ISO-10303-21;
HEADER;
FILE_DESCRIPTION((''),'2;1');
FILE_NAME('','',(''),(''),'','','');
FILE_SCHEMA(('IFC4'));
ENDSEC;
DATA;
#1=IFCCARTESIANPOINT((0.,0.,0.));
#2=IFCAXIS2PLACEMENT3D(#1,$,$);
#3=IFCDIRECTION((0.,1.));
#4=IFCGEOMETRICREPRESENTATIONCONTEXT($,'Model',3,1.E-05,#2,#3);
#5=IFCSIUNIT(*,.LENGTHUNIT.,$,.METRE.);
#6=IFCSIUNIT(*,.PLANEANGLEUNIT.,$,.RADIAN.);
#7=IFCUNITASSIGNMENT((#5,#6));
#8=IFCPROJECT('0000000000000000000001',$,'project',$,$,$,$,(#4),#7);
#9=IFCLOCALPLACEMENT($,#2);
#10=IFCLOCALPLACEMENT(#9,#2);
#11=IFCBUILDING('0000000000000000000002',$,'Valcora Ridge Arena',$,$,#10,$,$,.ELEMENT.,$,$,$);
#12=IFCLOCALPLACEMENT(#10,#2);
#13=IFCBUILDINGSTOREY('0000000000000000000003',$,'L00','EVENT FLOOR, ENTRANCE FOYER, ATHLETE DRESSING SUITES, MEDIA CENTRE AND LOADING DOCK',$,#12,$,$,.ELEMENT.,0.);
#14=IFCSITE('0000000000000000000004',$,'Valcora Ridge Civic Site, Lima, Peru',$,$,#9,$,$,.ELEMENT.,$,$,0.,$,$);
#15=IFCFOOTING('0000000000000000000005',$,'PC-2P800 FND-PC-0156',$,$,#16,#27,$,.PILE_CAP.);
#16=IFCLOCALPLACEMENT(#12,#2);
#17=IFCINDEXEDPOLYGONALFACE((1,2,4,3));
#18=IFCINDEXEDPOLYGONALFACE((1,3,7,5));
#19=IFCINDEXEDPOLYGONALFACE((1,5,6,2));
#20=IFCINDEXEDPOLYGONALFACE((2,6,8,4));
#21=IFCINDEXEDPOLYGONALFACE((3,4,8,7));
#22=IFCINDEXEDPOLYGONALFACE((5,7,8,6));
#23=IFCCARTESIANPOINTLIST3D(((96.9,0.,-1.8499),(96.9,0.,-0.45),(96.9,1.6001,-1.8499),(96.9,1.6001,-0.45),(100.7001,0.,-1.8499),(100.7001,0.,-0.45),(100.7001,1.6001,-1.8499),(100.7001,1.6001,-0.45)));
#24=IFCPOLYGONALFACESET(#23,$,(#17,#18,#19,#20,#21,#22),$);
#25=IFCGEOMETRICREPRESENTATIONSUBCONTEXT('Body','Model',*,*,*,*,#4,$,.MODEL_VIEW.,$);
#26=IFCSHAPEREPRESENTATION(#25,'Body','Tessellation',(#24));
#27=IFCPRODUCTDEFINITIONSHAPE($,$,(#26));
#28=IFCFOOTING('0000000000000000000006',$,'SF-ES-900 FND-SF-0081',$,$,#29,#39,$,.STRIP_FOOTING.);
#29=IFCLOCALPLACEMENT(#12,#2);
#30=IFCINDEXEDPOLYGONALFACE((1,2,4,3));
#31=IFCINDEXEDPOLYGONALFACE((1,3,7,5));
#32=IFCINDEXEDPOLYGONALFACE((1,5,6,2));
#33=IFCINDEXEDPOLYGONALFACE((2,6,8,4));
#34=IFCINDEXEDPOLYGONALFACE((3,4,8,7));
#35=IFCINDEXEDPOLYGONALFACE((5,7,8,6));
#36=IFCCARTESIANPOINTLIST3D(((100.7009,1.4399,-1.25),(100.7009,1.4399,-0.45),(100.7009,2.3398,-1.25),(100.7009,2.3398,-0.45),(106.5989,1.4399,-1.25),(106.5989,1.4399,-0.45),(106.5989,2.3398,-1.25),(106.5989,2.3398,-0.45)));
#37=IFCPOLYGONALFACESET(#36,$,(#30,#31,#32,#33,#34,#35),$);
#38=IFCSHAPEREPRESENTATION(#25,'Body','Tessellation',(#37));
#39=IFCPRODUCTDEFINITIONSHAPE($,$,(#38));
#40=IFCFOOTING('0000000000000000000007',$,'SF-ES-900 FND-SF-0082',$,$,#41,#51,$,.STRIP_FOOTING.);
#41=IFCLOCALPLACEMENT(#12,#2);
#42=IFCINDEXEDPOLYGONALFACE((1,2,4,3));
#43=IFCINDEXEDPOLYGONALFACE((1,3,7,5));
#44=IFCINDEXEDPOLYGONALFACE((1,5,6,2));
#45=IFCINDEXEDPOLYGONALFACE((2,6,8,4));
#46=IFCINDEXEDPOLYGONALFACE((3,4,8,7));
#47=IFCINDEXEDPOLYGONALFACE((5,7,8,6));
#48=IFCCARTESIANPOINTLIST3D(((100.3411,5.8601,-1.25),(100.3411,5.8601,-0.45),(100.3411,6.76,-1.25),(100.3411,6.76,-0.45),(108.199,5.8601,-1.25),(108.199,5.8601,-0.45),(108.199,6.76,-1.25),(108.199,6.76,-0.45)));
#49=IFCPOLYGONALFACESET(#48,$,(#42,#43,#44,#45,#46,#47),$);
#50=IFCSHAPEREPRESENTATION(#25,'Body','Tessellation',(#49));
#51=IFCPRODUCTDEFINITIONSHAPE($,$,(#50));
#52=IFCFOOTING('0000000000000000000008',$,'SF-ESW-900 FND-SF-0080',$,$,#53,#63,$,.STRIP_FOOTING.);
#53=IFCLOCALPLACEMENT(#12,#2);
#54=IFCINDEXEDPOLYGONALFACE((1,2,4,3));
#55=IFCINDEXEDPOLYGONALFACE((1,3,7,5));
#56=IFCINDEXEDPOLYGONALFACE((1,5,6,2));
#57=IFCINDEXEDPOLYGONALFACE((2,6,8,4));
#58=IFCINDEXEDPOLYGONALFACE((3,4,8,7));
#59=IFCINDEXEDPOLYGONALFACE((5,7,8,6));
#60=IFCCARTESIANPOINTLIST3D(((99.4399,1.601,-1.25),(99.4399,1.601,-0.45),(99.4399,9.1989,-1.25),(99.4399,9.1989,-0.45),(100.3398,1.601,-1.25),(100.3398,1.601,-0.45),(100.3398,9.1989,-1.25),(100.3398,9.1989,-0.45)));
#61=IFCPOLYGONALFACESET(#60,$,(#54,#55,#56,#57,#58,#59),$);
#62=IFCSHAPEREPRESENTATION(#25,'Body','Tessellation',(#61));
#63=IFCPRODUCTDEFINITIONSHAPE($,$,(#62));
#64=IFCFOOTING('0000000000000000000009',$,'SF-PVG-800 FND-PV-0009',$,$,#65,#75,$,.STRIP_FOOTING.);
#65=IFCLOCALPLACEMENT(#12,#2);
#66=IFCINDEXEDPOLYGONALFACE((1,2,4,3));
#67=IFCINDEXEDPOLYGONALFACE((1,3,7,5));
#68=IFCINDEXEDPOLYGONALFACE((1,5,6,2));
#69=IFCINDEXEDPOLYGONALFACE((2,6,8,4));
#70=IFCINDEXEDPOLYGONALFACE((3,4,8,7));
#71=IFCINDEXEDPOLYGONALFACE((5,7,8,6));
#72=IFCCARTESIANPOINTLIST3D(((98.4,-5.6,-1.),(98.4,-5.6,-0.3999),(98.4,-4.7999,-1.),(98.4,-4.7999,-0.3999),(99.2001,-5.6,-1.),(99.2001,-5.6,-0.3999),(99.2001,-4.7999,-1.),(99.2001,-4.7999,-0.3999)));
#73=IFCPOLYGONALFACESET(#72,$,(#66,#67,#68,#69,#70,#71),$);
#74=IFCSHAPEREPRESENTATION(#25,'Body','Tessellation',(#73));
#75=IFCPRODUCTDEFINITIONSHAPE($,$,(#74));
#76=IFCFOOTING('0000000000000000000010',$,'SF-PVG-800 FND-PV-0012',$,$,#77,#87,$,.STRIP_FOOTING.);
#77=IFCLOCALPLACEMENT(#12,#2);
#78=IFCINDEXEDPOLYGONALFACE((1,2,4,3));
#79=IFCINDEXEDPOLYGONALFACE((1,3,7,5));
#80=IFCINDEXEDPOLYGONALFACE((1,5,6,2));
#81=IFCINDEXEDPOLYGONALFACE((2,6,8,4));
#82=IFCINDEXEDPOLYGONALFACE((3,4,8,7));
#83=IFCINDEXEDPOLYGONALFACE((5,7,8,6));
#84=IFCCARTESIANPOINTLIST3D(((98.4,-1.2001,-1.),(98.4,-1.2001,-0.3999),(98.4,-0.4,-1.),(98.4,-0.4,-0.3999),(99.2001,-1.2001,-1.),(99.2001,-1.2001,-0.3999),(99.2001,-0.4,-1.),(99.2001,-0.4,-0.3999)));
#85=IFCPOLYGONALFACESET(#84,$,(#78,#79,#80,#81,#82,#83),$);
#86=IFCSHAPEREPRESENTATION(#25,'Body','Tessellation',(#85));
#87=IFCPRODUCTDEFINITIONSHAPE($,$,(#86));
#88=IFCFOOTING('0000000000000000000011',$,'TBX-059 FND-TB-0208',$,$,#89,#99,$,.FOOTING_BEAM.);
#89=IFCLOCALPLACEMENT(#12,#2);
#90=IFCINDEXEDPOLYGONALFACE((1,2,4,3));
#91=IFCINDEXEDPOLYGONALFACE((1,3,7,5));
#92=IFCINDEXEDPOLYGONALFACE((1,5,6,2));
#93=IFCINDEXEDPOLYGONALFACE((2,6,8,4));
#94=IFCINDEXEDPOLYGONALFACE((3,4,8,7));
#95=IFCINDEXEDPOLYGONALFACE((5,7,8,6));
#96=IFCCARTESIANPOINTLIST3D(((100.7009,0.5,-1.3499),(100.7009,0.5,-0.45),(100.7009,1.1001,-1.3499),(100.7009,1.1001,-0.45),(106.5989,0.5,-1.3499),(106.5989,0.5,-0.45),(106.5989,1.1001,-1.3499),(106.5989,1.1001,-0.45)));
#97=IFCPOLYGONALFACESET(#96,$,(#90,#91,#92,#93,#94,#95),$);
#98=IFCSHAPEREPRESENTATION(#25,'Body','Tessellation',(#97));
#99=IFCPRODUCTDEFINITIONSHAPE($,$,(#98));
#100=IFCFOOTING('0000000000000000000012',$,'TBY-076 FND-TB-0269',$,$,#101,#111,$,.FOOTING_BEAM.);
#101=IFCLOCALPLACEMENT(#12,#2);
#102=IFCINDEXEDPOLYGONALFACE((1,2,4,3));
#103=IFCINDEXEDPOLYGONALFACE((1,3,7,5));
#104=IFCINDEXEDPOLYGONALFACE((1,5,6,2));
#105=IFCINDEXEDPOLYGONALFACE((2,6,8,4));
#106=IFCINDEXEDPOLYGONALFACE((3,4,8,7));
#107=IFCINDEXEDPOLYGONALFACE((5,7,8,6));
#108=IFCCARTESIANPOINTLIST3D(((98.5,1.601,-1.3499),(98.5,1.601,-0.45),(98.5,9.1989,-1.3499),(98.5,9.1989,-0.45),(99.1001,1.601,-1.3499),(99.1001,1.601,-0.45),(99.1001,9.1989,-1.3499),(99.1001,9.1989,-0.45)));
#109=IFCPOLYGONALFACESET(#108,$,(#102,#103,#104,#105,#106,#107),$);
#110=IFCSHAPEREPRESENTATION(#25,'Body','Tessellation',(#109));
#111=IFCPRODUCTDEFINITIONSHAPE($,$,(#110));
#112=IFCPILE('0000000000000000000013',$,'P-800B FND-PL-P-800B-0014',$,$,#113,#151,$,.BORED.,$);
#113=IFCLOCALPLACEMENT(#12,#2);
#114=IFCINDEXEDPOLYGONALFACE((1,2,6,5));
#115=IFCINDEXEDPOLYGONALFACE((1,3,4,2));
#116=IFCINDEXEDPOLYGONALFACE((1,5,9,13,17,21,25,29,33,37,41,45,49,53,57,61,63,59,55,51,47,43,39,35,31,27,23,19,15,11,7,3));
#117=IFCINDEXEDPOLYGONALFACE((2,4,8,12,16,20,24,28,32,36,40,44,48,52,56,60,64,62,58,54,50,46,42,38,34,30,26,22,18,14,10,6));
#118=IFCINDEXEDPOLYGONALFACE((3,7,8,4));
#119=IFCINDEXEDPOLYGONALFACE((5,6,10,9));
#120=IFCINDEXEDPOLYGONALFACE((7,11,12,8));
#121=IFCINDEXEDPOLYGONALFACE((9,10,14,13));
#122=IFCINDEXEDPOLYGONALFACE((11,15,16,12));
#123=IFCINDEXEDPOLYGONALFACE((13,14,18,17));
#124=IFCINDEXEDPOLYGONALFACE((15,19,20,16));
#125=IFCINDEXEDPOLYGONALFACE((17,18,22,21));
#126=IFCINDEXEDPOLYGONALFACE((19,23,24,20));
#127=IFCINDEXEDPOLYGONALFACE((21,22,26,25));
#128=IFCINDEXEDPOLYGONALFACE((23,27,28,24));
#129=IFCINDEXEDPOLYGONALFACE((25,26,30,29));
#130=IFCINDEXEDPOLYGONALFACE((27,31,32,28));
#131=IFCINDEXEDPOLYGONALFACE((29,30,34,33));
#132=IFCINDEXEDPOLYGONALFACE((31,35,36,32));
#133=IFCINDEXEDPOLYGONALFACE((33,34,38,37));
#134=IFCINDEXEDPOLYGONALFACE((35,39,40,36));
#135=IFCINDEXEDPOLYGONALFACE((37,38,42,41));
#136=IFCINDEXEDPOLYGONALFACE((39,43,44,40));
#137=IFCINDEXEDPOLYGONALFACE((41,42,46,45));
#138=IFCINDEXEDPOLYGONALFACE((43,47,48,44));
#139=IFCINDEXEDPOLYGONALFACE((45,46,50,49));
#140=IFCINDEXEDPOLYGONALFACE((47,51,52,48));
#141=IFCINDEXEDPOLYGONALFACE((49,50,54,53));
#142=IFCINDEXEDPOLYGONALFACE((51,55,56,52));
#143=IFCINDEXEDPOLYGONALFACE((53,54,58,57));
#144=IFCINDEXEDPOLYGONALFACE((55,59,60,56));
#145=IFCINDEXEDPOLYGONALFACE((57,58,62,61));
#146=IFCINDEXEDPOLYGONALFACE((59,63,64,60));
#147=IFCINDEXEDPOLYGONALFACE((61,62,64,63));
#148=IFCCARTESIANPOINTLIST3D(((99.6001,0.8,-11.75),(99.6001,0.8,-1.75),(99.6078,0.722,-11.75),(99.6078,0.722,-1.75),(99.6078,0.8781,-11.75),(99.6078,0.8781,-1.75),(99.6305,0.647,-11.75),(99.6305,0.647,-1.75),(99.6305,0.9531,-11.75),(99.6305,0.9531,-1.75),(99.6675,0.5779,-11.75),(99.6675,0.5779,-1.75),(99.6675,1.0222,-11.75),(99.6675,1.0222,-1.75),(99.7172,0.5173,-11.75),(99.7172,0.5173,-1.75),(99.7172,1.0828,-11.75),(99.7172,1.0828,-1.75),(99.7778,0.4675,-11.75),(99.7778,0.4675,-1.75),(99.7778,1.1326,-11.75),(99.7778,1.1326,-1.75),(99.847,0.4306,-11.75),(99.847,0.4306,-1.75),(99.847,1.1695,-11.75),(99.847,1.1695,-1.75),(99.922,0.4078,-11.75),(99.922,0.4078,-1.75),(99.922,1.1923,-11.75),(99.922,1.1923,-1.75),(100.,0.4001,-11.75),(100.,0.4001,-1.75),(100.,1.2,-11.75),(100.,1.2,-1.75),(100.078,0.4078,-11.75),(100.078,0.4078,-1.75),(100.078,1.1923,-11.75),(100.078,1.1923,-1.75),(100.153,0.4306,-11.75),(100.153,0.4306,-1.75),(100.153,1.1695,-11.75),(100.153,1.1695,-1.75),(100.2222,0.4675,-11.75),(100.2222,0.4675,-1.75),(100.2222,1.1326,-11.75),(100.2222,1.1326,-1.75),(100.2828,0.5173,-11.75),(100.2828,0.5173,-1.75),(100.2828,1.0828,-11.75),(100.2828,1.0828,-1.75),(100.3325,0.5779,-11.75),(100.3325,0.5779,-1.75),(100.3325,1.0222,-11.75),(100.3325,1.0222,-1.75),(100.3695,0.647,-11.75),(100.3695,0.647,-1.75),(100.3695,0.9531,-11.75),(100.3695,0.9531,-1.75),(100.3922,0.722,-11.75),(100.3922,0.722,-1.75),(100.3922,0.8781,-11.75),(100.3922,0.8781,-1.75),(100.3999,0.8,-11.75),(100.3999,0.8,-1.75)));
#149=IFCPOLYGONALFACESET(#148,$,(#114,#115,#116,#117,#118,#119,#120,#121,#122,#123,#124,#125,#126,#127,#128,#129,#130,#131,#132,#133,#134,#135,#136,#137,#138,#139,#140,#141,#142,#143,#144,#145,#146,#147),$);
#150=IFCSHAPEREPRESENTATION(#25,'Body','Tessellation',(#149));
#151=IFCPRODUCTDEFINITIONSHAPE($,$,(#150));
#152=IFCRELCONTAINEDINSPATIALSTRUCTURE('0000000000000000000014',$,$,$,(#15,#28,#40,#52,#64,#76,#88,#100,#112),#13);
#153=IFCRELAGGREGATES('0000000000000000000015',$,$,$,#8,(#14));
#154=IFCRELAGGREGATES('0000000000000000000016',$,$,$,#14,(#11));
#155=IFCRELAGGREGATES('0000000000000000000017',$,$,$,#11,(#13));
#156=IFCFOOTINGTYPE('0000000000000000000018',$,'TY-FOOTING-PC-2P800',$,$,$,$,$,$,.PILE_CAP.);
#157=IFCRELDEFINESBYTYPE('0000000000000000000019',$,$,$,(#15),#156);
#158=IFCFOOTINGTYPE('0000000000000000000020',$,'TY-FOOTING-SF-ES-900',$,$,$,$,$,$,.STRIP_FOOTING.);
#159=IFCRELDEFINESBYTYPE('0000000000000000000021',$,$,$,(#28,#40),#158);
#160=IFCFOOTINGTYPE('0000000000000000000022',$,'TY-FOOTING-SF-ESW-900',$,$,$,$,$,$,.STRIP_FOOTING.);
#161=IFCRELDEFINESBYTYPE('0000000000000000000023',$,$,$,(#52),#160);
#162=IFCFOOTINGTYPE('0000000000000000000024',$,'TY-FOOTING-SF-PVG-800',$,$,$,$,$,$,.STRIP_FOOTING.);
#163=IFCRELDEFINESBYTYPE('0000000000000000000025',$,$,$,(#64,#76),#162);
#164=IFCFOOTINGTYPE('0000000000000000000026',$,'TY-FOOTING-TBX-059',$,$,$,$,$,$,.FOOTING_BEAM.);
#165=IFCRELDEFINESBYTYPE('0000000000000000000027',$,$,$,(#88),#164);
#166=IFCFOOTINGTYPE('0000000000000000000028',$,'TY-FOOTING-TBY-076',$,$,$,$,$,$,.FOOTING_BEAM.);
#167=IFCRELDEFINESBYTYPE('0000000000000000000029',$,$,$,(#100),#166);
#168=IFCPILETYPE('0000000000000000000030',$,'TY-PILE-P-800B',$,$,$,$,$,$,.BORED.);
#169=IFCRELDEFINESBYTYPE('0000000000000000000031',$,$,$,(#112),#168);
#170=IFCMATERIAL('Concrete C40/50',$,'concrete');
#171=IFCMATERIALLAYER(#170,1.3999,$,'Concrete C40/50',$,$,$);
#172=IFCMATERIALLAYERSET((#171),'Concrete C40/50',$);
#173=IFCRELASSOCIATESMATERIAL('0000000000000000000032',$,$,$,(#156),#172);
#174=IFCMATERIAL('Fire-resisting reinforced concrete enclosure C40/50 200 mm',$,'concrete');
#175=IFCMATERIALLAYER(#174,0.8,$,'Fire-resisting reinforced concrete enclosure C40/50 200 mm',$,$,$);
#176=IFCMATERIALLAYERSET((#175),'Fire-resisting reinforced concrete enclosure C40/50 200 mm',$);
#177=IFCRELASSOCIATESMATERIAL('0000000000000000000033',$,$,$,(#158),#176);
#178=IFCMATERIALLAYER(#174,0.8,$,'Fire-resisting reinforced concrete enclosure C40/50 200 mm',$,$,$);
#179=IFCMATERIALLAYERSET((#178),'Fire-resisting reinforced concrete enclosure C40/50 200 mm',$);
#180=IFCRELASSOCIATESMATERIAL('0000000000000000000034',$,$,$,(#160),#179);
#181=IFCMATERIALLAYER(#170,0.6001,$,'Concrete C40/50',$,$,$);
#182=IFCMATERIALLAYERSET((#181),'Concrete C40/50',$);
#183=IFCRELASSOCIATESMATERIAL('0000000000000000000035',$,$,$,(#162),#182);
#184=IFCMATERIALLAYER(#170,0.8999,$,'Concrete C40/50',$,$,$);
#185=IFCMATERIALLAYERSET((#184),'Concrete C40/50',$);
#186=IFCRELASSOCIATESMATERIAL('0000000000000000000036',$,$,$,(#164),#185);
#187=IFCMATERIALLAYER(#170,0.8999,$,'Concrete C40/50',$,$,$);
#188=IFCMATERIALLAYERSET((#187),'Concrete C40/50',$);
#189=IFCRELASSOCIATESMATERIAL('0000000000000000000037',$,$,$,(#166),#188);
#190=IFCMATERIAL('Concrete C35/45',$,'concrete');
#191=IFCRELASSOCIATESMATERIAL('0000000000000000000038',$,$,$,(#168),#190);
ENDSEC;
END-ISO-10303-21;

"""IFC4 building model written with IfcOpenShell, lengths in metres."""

from ifc_helpers import new_model, si_unit, direction, frame, origin, origin_2d, place, context, subcontext, project, spatial, rectangle, circle, extrude, material, layer, layer_set, material_profile, profile_set, type_object, element, save


model = new_model("IFC4")

# Units and contexts
model_context = context("Model", 3, precision=1e-05, world=origin(), true_north=direction((0.0, 1.0)))
body_context = subcontext(model_context, "Body", "Model", "MODEL_VIEW")
ifc_project = project(units=[si_unit("LENGTHUNIT", "METRE"), si_unit("PLANEANGLEUNIT", "RADIAN")], contexts=[model_context])

# Site, building, storey
site_placement = place(None, origin())
site = spatial("IfcSite", under=ifc_project, at=site_placement, Name="Valcora Ridge Civic Site, Lima, Peru", CompositionType="ELEMENT", RefElevation=0.0)
building_placement = place(site_placement, origin())
building = spatial("IfcBuilding", under=site, at=building_placement, Name="Valcora Ridge Arena", CompositionType="ELEMENT")
storey_placement = place(building_placement, origin())
storey = spatial("IfcBuildingStorey", under=building, at=storey_placement, Name="L00", Description="EVENT FLOOR, ENTRANCE FOYER, ATHLETE DRESSING SUITES, MEDIA CENTRE AND LOADING DOCK", CompositionType="ELEMENT", Elevation=0.0)

# Footings
ifc_material_1 = material(Name="Concrete C40/50", Category="concrete")
ifc_layer_1 = layer(ifc_material_1, 1.3999, Name="Concrete C40/50")
ifc_layer_set_1 = layer_set([ifc_layer_1], Name="Concrete C40/50")
footing_type_1 = type_object("IfcFootingType", Name="TY-FOOTING-PC-2P800", PredefinedType="PILE_CAP", material=ifc_layer_set_1)
footing_1_placement = place(storey_placement, frame((98.8, 0.8, -1.8499), z_axis=(0.0, 0.0, 1.0), x_axis=(1.0, 0.0, 0.0)))
element("IfcFooting", 1, at=footing_1_placement, inside=storey, type_object=footing_type_1, Name="PC-2P800 FND-PC-0156", PredefinedType="PILE_CAP", context=body_context, shape_type="SweptSolid", body=[
    extrude(rectangle(XDim=3.8, YDim=1.6001, at=origin_2d()), origin(), (0.0, 0.0, 1.0), 1.3999),
])
ifc_material_2 = material(Name="Fire-resisting reinforced concrete enclosure C40/50 200 mm", Category="concrete")
ifc_layer_2 = layer(ifc_material_2, 0.8, Name="Fire-resisting reinforced concrete enclosure C40/50 200 mm")
ifc_layer_set_2 = layer_set([ifc_layer_2], Name="Fire-resisting reinforced concrete enclosure C40/50 200 mm")
footing_type_2 = type_object("IfcFootingType", Name="TY-FOOTING-SF-ES-900", PredefinedType="STRIP_FOOTING", material=ifc_layer_set_2)
footing_2_placement = place(storey_placement, frame((103.6499, 1.8899, -1.25), z_axis=(0.0, 0.0, 1.0), x_axis=(1.0, 0.0, 0.0)))
element("IfcFooting", 2, at=footing_2_placement, inside=storey, type_object=footing_type_2, Name="SF-ES-900 FND-SF-0081", PredefinedType="STRIP_FOOTING", context=body_context, shape_type="SweptSolid", body=[
    extrude(rectangle(XDim=5.8979, YDim=0.8999, at=origin_2d()), origin(), (0.0, 0.0, 1.0), 0.8),
])
footing_3_placement = place(storey_placement, frame((104.27, 6.3101, -1.25), z_axis=(0.0, 0.0, 1.0), x_axis=(1.0, 0.0, 0.0)))
element("IfcFooting", 3, at=footing_3_placement, inside=storey, type_object=footing_type_2, Name="SF-ES-900 FND-SF-0082", PredefinedType="STRIP_FOOTING", context=body_context, shape_type="SweptSolid", body=[
    extrude(rectangle(XDim=7.8579, YDim=0.8999, at=origin_2d()), origin(), (0.0, 0.0, 1.0), 0.8),
])
ifc_layer_3 = layer(ifc_material_2, 0.8, Name="Fire-resisting reinforced concrete enclosure C40/50 200 mm")
ifc_layer_set_3 = layer_set([ifc_layer_3], Name="Fire-resisting reinforced concrete enclosure C40/50 200 mm")
footing_type_3 = type_object("IfcFootingType", Name="TY-FOOTING-SF-ESW-900", PredefinedType="STRIP_FOOTING", material=ifc_layer_set_3)
footing_4_placement = place(storey_placement, frame((99.8899, 5.3999, -1.25), z_axis=(0.0, 0.0, 1.0), x_axis=(1.0, 0.0, 0.0)))
element("IfcFooting", 4, at=footing_4_placement, inside=storey, type_object=footing_type_3, Name="SF-ESW-900 FND-SF-0080", PredefinedType="STRIP_FOOTING", context=body_context, shape_type="SweptSolid", body=[
    extrude(rectangle(XDim=0.8999, YDim=7.5979, at=origin_2d()), origin(), (0.0, 0.0, 1.0), 0.8),
])
ifc_layer_4 = layer(ifc_material_1, 0.6001, Name="Concrete C40/50")
ifc_layer_set_4 = layer_set([ifc_layer_4], Name="Concrete C40/50")
footing_type_4 = type_object("IfcFootingType", Name="TY-FOOTING-SF-PVG-800", PredefinedType="STRIP_FOOTING", material=ifc_layer_set_4)
for number, where, z_axis, x_axis, name in (
    (5, (98.8, -5.2, -1.0), (0.0, 0.0, 1.0), (1.0, 0.0, 0.0), "SF-PVG-800 FND-PV-0009"),
    (6, (98.8, -0.8, -1.0), (0.0, 0.0, 1.0), (1.0, 0.0, 0.0), "SF-PVG-800 FND-PV-0012"),
):
    element("IfcFooting", number, at=place(storey_placement, frame(where, z_axis=z_axis, x_axis=x_axis)), inside=storey, type_object=footing_type_4, Name=name, PredefinedType="STRIP_FOOTING", context=body_context, shape_type="SweptSolid", body=[
        extrude(rectangle(XDim=0.8, YDim=0.8, at=origin_2d()), origin(), (0.0, 0.0, 1.0), 0.6001),
    ])
ifc_layer_5 = layer(ifc_material_1, 0.8999, Name="Concrete C40/50")
ifc_layer_set_5 = layer_set([ifc_layer_5], Name="Concrete C40/50")
footing_type_5 = type_object("IfcFootingType", Name="TY-FOOTING-TBX-059", PredefinedType="FOOTING_BEAM", material=ifc_layer_set_5)
footing_5_placement = place(storey_placement, frame((103.6499, 0.8, -1.3499), z_axis=(0.0, 0.0, 1.0), x_axis=(1.0, 0.0, 0.0)))
element("IfcFooting", 7, at=footing_5_placement, inside=storey, type_object=footing_type_5, Name="TBX-059 FND-TB-0208", PredefinedType="FOOTING_BEAM", context=body_context, shape_type="SweptSolid", body=[
    extrude(rectangle(XDim=5.8979, YDim=0.6001, at=origin_2d()), origin(), (0.0, 0.0, 1.0), 0.8999),
])
ifc_layer_6 = layer(ifc_material_1, 0.8999, Name="Concrete C40/50")
ifc_layer_set_6 = layer_set([ifc_layer_6], Name="Concrete C40/50")
footing_type_6 = type_object("IfcFootingType", Name="TY-FOOTING-TBY-076", PredefinedType="FOOTING_BEAM", material=ifc_layer_set_6)
footing_6_placement = place(storey_placement, frame((98.8, 5.3999, -1.3499), z_axis=(0.0, 0.0, 1.0), x_axis=(1.0, 0.0, 0.0)))
element("IfcFooting", 8, at=footing_6_placement, inside=storey, type_object=footing_type_6, Name="TBY-076 FND-TB-0269", PredefinedType="FOOTING_BEAM", context=body_context, shape_type="SweptSolid", body=[
    extrude(rectangle(XDim=0.6001, YDim=7.5979, at=origin_2d()), origin(), (0.0, 0.0, 1.0), 0.8999),
])

# Pile
ifc_material_3 = material(Name="Concrete C35/45", Category="concrete")
ifc_material_profile_1 = material_profile(ifc_material_3, circle(Radius=0.3999, at=origin_2d()), Name="BORED PILE D800")
ifc_profile_set_1 = profile_set([ifc_material_profile_1], Name="Concrete C35/45")
pile_type = type_object("IfcPileType", Name="TY-PILE-P-800B", PredefinedType="BORED", material=ifc_profile_set_1)
pile_placement = place(storey_placement, frame((100.0, 0.8, -1.75), z_axis=(0.0, 0.0, -1.0), x_axis=(1.0, 0.0, 0.0)))
element("IfcPile", 9, at=pile_placement, inside=storey, type_object=pile_type, Name="P-800B FND-PL-P-800B-0014", PredefinedType="BORED", context=body_context, shape_type="SweptSolid", body=[
    extrude(circle(Radius=0.3999, at=origin_2d()), origin(), (0.0, 0.0, 1.0), 10.0),
])

save(model, "model.ifc")
